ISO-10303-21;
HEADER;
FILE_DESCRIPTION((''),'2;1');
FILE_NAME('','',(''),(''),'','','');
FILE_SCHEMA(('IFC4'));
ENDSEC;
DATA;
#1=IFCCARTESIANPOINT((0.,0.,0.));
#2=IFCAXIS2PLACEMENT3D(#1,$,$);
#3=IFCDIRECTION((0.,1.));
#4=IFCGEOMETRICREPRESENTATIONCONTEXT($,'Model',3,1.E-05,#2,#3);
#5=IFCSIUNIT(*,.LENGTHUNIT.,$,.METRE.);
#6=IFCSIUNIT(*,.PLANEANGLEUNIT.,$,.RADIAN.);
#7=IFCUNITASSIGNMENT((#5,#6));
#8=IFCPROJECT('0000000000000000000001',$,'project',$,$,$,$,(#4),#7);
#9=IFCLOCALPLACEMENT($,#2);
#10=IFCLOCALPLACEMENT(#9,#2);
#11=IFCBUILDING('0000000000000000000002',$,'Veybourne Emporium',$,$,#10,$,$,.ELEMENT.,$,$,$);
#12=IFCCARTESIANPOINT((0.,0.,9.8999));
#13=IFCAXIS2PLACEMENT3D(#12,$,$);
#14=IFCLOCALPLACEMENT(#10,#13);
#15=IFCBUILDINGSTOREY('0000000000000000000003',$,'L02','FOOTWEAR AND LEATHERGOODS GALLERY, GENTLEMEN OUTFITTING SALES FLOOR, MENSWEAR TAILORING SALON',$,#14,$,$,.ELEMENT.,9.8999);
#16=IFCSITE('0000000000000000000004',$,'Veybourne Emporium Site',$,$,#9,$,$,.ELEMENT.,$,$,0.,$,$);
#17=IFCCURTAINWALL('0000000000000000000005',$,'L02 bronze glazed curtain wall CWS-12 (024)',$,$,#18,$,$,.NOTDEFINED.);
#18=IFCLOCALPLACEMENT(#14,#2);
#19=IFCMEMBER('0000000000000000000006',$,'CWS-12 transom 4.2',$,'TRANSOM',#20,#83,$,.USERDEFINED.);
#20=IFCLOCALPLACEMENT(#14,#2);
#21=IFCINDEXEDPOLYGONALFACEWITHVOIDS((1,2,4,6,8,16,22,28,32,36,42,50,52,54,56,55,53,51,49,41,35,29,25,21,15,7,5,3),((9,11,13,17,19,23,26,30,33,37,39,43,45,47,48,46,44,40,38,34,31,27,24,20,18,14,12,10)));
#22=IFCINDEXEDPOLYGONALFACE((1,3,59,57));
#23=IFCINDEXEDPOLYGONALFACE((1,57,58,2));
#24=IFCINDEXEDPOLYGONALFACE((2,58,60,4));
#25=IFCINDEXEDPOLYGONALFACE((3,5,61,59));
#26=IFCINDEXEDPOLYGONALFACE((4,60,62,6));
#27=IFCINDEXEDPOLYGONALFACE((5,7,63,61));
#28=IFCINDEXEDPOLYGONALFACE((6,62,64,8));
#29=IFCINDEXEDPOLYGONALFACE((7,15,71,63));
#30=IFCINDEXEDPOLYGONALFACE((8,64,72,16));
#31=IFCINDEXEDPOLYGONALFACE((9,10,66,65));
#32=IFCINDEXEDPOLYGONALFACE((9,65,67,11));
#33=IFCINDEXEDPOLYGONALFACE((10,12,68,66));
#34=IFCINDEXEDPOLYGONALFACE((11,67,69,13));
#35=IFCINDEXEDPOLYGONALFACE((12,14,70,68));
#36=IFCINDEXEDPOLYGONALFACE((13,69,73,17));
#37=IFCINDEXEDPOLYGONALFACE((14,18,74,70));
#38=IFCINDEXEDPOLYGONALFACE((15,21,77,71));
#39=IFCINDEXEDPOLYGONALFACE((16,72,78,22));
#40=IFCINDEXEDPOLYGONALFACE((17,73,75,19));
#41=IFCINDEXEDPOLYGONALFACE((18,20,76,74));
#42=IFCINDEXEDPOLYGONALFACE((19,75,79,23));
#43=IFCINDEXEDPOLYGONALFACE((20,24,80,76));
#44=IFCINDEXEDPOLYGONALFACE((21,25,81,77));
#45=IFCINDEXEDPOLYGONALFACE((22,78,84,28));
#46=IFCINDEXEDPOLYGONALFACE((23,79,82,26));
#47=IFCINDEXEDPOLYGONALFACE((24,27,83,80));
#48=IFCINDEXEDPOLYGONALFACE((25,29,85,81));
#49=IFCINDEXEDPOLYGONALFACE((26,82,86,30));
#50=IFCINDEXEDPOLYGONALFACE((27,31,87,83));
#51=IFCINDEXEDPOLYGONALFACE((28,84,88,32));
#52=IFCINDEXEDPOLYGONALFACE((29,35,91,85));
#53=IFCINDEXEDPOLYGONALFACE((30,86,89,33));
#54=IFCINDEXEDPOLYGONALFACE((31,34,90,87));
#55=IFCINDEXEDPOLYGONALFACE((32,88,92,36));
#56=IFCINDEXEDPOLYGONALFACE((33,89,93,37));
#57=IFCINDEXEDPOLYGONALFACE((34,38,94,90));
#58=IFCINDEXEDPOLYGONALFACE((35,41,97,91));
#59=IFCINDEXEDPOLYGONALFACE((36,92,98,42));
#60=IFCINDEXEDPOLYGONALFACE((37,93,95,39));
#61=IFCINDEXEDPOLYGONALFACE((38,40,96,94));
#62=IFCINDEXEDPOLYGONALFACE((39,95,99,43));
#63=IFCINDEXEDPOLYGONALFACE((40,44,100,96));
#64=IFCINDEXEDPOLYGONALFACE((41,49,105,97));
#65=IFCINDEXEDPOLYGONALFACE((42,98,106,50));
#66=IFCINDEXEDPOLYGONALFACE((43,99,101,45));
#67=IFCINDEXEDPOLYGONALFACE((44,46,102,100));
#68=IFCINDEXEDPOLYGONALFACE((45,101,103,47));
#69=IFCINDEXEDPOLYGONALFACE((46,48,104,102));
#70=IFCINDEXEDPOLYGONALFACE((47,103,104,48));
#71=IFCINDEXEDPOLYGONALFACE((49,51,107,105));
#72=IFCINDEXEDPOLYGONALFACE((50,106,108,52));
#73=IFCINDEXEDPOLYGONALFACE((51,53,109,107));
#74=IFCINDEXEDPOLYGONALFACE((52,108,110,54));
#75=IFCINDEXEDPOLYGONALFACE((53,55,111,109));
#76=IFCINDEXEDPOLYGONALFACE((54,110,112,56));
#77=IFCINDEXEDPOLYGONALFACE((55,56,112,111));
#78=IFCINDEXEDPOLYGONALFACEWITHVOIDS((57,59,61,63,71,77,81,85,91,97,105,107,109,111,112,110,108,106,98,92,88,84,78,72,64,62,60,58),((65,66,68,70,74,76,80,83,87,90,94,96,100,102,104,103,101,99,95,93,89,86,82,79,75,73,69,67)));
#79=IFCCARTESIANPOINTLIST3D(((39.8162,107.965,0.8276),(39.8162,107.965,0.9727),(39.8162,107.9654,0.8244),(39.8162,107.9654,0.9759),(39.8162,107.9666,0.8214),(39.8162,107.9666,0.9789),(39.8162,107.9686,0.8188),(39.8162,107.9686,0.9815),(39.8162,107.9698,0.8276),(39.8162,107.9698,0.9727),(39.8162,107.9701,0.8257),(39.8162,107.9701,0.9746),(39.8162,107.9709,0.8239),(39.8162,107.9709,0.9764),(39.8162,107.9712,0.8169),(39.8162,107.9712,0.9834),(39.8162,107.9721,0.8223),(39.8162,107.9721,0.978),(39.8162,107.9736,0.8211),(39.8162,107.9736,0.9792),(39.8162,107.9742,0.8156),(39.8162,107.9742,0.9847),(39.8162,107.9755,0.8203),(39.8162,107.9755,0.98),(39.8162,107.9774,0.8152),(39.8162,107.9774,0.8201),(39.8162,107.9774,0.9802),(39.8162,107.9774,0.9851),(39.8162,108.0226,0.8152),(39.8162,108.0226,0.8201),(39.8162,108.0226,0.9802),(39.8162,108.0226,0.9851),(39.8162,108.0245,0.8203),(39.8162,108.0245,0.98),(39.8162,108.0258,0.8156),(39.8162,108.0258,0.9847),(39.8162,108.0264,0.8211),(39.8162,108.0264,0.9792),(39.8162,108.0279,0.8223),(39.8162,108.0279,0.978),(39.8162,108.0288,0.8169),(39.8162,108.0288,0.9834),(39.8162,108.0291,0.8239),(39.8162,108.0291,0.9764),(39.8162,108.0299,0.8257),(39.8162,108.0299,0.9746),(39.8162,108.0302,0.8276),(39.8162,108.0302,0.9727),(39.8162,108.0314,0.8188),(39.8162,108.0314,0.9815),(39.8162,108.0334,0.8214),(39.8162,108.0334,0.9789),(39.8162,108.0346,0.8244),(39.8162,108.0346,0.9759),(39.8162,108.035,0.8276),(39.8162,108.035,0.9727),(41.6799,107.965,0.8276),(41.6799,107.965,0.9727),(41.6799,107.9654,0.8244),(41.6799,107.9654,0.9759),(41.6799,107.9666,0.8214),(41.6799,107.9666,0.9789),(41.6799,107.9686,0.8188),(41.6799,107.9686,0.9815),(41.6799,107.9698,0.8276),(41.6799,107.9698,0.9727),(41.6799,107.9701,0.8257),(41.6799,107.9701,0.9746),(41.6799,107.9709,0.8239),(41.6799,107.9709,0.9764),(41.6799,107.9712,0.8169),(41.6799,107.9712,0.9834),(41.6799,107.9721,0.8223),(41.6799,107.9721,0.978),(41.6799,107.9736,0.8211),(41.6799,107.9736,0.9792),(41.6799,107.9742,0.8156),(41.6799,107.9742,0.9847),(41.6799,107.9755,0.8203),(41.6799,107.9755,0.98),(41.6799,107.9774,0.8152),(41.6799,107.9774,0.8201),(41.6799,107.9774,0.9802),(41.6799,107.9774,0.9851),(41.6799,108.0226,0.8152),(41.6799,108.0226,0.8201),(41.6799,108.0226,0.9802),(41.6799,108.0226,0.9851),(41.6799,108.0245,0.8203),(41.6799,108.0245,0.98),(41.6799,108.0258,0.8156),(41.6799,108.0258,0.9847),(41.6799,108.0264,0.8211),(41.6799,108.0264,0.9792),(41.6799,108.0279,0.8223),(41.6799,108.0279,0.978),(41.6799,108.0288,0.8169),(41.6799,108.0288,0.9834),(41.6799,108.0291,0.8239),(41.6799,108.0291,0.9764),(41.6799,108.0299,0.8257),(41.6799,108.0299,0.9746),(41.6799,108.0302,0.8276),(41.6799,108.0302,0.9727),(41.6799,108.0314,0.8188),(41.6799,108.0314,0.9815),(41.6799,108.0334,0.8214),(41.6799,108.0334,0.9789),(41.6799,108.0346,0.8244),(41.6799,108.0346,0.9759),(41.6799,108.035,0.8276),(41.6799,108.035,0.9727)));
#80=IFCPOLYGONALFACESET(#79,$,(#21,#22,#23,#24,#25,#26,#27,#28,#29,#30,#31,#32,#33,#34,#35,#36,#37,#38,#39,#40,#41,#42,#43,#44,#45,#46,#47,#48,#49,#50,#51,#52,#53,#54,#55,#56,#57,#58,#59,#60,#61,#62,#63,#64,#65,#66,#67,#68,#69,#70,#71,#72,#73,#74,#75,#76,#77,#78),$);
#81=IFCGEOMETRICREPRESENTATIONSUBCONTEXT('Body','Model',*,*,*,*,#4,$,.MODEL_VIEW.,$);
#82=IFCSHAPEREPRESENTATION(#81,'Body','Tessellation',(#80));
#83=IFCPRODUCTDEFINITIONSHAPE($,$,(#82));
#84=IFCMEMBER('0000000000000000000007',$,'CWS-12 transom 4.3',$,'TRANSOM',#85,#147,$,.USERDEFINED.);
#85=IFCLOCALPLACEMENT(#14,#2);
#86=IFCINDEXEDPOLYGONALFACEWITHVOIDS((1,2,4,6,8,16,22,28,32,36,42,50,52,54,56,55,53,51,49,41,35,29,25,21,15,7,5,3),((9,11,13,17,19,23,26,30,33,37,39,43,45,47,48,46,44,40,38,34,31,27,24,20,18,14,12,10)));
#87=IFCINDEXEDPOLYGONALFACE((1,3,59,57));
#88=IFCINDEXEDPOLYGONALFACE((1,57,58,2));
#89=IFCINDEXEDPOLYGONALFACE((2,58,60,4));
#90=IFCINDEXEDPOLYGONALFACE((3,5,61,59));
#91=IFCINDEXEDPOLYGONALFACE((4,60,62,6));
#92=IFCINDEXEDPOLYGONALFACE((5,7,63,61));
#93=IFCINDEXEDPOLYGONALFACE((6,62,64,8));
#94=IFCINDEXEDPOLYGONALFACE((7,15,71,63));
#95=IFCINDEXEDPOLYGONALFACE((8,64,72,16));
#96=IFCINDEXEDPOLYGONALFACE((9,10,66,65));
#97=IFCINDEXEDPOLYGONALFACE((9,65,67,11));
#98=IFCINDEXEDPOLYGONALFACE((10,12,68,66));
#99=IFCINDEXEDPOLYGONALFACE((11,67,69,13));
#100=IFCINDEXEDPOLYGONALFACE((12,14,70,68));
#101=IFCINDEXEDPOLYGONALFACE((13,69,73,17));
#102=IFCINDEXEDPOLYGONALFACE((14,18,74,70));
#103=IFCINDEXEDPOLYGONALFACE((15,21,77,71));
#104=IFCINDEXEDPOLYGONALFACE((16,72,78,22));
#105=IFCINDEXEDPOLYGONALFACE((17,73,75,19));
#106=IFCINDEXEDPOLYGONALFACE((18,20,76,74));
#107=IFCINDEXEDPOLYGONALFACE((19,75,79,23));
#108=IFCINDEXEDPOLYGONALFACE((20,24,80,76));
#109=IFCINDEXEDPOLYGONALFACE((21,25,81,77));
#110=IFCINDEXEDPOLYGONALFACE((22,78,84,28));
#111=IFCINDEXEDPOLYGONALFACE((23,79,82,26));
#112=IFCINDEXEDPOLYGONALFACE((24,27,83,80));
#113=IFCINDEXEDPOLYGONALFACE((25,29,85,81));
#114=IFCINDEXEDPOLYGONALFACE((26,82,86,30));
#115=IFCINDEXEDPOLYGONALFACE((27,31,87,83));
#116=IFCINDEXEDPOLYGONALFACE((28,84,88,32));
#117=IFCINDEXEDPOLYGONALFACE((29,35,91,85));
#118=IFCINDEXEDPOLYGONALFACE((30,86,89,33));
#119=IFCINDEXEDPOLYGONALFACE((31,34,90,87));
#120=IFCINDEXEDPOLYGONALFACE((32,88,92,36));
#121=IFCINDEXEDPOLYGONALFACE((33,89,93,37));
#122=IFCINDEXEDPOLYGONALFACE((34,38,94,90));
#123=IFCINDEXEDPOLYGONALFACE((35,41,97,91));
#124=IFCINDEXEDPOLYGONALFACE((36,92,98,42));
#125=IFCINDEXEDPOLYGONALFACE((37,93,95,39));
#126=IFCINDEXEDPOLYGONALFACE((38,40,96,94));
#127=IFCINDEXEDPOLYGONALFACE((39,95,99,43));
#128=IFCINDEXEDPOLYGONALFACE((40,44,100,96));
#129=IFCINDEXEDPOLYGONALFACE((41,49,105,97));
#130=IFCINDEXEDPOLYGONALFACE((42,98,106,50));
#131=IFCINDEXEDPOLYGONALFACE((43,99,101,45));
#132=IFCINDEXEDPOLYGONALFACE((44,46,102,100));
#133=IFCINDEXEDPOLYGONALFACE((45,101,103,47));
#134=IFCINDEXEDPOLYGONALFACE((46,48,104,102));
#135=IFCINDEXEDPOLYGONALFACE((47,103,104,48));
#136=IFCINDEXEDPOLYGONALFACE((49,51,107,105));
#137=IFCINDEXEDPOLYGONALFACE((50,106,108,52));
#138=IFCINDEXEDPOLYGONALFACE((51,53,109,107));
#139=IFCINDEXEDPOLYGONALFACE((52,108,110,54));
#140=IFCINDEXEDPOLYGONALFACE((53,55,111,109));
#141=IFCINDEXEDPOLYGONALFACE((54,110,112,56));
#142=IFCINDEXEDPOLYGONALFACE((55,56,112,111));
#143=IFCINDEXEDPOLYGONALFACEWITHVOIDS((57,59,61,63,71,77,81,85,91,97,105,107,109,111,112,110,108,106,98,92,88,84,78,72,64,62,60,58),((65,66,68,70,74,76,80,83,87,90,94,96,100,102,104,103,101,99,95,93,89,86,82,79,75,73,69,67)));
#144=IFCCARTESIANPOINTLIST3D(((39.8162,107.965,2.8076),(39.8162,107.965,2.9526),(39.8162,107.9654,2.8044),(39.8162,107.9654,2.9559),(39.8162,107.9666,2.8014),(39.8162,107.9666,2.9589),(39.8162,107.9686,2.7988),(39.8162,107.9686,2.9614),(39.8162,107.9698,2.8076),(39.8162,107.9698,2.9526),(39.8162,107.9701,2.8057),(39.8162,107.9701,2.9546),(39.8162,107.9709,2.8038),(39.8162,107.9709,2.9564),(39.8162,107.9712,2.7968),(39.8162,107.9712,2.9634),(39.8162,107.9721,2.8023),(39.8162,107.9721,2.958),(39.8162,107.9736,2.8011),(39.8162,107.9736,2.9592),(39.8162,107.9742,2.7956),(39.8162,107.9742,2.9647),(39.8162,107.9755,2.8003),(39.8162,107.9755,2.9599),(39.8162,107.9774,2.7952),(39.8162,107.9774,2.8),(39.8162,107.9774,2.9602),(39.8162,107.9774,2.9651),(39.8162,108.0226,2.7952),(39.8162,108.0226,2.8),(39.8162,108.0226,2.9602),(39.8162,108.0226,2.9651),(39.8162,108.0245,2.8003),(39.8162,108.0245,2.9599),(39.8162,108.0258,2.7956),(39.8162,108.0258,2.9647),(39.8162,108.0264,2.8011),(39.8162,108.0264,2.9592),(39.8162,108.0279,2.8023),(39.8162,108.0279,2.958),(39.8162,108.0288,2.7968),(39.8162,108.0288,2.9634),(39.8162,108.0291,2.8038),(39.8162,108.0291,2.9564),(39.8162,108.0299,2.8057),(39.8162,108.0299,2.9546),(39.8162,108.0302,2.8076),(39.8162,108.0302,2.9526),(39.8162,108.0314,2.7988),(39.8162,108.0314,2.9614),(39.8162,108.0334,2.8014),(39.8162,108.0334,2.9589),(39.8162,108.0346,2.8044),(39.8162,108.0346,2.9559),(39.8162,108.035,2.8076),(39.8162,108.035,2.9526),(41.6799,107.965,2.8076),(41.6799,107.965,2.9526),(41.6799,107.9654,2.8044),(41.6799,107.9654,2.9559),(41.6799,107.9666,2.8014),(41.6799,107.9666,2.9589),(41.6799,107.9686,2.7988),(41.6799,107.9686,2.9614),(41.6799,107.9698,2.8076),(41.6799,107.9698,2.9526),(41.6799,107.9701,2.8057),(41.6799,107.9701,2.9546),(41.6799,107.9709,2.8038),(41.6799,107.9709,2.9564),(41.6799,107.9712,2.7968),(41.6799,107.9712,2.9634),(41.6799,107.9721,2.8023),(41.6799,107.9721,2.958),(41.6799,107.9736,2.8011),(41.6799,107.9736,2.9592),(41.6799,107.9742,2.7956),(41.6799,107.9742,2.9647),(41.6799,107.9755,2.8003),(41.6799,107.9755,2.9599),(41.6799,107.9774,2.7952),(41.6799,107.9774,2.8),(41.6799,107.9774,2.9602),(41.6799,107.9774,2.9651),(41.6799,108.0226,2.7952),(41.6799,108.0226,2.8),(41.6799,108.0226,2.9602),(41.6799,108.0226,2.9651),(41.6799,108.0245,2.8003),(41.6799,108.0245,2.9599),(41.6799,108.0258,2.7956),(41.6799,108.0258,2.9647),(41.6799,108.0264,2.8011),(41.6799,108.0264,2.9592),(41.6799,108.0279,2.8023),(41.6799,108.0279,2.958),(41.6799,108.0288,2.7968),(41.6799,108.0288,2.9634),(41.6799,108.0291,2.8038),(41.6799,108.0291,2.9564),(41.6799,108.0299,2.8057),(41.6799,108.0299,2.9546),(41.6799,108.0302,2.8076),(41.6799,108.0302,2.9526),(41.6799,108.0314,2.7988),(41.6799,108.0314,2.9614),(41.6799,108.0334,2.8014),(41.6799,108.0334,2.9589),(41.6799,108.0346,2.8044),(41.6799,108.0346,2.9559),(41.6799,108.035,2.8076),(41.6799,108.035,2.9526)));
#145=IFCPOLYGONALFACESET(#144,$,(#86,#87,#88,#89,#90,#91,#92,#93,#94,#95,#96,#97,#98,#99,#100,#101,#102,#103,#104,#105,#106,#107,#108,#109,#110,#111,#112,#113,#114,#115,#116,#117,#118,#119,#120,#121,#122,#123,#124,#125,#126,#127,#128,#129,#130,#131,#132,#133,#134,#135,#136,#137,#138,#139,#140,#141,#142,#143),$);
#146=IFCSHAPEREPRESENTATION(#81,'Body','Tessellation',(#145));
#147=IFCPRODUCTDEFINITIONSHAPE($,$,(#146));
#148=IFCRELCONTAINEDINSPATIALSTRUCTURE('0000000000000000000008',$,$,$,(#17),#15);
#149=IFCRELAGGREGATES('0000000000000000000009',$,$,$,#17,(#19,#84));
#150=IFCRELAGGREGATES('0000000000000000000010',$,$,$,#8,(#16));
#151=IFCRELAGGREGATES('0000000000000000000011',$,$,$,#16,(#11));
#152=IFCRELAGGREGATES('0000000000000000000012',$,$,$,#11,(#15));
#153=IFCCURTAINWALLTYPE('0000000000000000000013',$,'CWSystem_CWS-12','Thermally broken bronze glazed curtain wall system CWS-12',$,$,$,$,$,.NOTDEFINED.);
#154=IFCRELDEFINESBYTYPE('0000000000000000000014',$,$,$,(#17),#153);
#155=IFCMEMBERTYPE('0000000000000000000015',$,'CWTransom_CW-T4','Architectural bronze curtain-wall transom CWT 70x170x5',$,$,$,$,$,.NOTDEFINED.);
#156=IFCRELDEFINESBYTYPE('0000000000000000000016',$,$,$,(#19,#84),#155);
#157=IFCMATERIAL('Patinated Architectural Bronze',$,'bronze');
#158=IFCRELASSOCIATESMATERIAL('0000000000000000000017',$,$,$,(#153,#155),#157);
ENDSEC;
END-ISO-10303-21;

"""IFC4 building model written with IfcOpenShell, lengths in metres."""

from ifc_helpers import new_model, si_unit, direction, frame, origin, origin_2d, place, context, subcontext, project, spatial, hollow_rectangle, extrude, material, material_profile, profile_set, type_object, element, aggregate, save


model = new_model("IFC4")

# Units and contexts
model_context = context("Model", 3, precision=1e-05, world=origin(), true_north=direction((0.0, 1.0)))
body_context = subcontext(model_context, "Body", "Model", "MODEL_VIEW")
ifc_project = project(units=[si_unit("LENGTHUNIT", "METRE"), si_unit("PLANEANGLEUNIT", "RADIAN")], contexts=[model_context])

# Site, building, storey
site_placement = place(None, origin())
site = spatial("IfcSite", under=ifc_project, at=site_placement, Name="Veybourne Emporium Site", CompositionType="ELEMENT", RefElevation=0.0)
building_placement = place(site_placement, origin())
building = spatial("IfcBuilding", under=site, at=building_placement, Name="Veybourne Emporium", CompositionType="ELEMENT")
storey_placement = place(building_placement, frame((0.0, 0.0, 9.8999)))
storey = spatial("IfcBuildingStorey", under=building, at=storey_placement, Name="L02", Description="FOOTWEAR AND LEATHERGOODS GALLERY, GENTLEMEN OUTFITTING SALES FLOOR, MENSWEAR TAILORING SALON", CompositionType="ELEMENT", Elevation=9.8999)

# Curtain wall, members
ifc_material_1 = material(Name="Patinated Architectural Bronze", Category="bronze")
curtain_wall_type = type_object("IfcCurtainWallType", Name="CWSystem_CWS-12", Description="Thermally broken bronze glazed curtain wall system CWS-12", PredefinedType="NOTDEFINED", material=ifc_material_1)
curtain_wall_placement = place(storey_placement, origin())
curtain_wall = element("IfcCurtainWall", 1, at=curtain_wall_placement, inside=storey, type_object=curtain_wall_type, Name="L02 bronze glazed curtain wall CWS-12 (024)", PredefinedType="NOTDEFINED")
ifc_material_profile_1 = material_profile(ifc_material_1, hollow_rectangle(XDim=0.0701, YDim=0.1699, WallThickness=0.0049, InnerFilletRadius=0.0076, OuterFilletRadius=0.0125, at=origin_2d()), Name="CWT 70x170x5")
ifc_profile_set_1 = profile_set([ifc_material_profile_1], Name="Patinated Architectural Bronze")
member_type_1 = type_object("IfcMemberType", Name="CWTransom_CW-T4", Description="Architectural bronze curtain-wall transom CWT 70x170x5", PredefinedType="NOTDEFINED", material=ifc_profile_set_1)
member_1_placement = place(storey_placement, frame((39.8162, 108.0, 0.9001), z_axis=(1.0, 0.0, 0.0), x_axis=(0.0, 1.0, 0.0)))
member_1 = element("IfcMember", 2, at=member_1_placement, type_object=member_type_1, Name="CWS-12 transom 4.2", ObjectType="TRANSOM", PredefinedType="USERDEFINED", context=body_context, shape_type="SweptSolid", body=[
    extrude(hollow_rectangle(XDim=0.0701, YDim=0.1699, WallThickness=0.0049, InnerFilletRadius=0.0076, OuterFilletRadius=0.0125, at=origin_2d()), origin(), (0.0, 0.0, 1.0), 1.8638),
])
member_2_placement = place(storey_placement, frame((39.8162, 108.0, 2.8801), z_axis=(1.0, 0.0, 0.0), x_axis=(0.0, 1.0, 0.0)))
member_2 = element("IfcMember", 3, at=member_2_placement, type_object=member_type_1, Name="CWS-12 transom 4.3", ObjectType="TRANSOM", PredefinedType="USERDEFINED", context=body_context, shape_type="SweptSolid", body=[
    extrude(hollow_rectangle(XDim=0.0701, YDim=0.1699, WallThickness=0.0049, InnerFilletRadius=0.0076, OuterFilletRadius=0.0125, at=origin_2d()), origin(), (0.0, 0.0, 1.0), 1.8638),
])

aggregate(curtain_wall, [member_1, member_2])

save(model, "model.ifc")
